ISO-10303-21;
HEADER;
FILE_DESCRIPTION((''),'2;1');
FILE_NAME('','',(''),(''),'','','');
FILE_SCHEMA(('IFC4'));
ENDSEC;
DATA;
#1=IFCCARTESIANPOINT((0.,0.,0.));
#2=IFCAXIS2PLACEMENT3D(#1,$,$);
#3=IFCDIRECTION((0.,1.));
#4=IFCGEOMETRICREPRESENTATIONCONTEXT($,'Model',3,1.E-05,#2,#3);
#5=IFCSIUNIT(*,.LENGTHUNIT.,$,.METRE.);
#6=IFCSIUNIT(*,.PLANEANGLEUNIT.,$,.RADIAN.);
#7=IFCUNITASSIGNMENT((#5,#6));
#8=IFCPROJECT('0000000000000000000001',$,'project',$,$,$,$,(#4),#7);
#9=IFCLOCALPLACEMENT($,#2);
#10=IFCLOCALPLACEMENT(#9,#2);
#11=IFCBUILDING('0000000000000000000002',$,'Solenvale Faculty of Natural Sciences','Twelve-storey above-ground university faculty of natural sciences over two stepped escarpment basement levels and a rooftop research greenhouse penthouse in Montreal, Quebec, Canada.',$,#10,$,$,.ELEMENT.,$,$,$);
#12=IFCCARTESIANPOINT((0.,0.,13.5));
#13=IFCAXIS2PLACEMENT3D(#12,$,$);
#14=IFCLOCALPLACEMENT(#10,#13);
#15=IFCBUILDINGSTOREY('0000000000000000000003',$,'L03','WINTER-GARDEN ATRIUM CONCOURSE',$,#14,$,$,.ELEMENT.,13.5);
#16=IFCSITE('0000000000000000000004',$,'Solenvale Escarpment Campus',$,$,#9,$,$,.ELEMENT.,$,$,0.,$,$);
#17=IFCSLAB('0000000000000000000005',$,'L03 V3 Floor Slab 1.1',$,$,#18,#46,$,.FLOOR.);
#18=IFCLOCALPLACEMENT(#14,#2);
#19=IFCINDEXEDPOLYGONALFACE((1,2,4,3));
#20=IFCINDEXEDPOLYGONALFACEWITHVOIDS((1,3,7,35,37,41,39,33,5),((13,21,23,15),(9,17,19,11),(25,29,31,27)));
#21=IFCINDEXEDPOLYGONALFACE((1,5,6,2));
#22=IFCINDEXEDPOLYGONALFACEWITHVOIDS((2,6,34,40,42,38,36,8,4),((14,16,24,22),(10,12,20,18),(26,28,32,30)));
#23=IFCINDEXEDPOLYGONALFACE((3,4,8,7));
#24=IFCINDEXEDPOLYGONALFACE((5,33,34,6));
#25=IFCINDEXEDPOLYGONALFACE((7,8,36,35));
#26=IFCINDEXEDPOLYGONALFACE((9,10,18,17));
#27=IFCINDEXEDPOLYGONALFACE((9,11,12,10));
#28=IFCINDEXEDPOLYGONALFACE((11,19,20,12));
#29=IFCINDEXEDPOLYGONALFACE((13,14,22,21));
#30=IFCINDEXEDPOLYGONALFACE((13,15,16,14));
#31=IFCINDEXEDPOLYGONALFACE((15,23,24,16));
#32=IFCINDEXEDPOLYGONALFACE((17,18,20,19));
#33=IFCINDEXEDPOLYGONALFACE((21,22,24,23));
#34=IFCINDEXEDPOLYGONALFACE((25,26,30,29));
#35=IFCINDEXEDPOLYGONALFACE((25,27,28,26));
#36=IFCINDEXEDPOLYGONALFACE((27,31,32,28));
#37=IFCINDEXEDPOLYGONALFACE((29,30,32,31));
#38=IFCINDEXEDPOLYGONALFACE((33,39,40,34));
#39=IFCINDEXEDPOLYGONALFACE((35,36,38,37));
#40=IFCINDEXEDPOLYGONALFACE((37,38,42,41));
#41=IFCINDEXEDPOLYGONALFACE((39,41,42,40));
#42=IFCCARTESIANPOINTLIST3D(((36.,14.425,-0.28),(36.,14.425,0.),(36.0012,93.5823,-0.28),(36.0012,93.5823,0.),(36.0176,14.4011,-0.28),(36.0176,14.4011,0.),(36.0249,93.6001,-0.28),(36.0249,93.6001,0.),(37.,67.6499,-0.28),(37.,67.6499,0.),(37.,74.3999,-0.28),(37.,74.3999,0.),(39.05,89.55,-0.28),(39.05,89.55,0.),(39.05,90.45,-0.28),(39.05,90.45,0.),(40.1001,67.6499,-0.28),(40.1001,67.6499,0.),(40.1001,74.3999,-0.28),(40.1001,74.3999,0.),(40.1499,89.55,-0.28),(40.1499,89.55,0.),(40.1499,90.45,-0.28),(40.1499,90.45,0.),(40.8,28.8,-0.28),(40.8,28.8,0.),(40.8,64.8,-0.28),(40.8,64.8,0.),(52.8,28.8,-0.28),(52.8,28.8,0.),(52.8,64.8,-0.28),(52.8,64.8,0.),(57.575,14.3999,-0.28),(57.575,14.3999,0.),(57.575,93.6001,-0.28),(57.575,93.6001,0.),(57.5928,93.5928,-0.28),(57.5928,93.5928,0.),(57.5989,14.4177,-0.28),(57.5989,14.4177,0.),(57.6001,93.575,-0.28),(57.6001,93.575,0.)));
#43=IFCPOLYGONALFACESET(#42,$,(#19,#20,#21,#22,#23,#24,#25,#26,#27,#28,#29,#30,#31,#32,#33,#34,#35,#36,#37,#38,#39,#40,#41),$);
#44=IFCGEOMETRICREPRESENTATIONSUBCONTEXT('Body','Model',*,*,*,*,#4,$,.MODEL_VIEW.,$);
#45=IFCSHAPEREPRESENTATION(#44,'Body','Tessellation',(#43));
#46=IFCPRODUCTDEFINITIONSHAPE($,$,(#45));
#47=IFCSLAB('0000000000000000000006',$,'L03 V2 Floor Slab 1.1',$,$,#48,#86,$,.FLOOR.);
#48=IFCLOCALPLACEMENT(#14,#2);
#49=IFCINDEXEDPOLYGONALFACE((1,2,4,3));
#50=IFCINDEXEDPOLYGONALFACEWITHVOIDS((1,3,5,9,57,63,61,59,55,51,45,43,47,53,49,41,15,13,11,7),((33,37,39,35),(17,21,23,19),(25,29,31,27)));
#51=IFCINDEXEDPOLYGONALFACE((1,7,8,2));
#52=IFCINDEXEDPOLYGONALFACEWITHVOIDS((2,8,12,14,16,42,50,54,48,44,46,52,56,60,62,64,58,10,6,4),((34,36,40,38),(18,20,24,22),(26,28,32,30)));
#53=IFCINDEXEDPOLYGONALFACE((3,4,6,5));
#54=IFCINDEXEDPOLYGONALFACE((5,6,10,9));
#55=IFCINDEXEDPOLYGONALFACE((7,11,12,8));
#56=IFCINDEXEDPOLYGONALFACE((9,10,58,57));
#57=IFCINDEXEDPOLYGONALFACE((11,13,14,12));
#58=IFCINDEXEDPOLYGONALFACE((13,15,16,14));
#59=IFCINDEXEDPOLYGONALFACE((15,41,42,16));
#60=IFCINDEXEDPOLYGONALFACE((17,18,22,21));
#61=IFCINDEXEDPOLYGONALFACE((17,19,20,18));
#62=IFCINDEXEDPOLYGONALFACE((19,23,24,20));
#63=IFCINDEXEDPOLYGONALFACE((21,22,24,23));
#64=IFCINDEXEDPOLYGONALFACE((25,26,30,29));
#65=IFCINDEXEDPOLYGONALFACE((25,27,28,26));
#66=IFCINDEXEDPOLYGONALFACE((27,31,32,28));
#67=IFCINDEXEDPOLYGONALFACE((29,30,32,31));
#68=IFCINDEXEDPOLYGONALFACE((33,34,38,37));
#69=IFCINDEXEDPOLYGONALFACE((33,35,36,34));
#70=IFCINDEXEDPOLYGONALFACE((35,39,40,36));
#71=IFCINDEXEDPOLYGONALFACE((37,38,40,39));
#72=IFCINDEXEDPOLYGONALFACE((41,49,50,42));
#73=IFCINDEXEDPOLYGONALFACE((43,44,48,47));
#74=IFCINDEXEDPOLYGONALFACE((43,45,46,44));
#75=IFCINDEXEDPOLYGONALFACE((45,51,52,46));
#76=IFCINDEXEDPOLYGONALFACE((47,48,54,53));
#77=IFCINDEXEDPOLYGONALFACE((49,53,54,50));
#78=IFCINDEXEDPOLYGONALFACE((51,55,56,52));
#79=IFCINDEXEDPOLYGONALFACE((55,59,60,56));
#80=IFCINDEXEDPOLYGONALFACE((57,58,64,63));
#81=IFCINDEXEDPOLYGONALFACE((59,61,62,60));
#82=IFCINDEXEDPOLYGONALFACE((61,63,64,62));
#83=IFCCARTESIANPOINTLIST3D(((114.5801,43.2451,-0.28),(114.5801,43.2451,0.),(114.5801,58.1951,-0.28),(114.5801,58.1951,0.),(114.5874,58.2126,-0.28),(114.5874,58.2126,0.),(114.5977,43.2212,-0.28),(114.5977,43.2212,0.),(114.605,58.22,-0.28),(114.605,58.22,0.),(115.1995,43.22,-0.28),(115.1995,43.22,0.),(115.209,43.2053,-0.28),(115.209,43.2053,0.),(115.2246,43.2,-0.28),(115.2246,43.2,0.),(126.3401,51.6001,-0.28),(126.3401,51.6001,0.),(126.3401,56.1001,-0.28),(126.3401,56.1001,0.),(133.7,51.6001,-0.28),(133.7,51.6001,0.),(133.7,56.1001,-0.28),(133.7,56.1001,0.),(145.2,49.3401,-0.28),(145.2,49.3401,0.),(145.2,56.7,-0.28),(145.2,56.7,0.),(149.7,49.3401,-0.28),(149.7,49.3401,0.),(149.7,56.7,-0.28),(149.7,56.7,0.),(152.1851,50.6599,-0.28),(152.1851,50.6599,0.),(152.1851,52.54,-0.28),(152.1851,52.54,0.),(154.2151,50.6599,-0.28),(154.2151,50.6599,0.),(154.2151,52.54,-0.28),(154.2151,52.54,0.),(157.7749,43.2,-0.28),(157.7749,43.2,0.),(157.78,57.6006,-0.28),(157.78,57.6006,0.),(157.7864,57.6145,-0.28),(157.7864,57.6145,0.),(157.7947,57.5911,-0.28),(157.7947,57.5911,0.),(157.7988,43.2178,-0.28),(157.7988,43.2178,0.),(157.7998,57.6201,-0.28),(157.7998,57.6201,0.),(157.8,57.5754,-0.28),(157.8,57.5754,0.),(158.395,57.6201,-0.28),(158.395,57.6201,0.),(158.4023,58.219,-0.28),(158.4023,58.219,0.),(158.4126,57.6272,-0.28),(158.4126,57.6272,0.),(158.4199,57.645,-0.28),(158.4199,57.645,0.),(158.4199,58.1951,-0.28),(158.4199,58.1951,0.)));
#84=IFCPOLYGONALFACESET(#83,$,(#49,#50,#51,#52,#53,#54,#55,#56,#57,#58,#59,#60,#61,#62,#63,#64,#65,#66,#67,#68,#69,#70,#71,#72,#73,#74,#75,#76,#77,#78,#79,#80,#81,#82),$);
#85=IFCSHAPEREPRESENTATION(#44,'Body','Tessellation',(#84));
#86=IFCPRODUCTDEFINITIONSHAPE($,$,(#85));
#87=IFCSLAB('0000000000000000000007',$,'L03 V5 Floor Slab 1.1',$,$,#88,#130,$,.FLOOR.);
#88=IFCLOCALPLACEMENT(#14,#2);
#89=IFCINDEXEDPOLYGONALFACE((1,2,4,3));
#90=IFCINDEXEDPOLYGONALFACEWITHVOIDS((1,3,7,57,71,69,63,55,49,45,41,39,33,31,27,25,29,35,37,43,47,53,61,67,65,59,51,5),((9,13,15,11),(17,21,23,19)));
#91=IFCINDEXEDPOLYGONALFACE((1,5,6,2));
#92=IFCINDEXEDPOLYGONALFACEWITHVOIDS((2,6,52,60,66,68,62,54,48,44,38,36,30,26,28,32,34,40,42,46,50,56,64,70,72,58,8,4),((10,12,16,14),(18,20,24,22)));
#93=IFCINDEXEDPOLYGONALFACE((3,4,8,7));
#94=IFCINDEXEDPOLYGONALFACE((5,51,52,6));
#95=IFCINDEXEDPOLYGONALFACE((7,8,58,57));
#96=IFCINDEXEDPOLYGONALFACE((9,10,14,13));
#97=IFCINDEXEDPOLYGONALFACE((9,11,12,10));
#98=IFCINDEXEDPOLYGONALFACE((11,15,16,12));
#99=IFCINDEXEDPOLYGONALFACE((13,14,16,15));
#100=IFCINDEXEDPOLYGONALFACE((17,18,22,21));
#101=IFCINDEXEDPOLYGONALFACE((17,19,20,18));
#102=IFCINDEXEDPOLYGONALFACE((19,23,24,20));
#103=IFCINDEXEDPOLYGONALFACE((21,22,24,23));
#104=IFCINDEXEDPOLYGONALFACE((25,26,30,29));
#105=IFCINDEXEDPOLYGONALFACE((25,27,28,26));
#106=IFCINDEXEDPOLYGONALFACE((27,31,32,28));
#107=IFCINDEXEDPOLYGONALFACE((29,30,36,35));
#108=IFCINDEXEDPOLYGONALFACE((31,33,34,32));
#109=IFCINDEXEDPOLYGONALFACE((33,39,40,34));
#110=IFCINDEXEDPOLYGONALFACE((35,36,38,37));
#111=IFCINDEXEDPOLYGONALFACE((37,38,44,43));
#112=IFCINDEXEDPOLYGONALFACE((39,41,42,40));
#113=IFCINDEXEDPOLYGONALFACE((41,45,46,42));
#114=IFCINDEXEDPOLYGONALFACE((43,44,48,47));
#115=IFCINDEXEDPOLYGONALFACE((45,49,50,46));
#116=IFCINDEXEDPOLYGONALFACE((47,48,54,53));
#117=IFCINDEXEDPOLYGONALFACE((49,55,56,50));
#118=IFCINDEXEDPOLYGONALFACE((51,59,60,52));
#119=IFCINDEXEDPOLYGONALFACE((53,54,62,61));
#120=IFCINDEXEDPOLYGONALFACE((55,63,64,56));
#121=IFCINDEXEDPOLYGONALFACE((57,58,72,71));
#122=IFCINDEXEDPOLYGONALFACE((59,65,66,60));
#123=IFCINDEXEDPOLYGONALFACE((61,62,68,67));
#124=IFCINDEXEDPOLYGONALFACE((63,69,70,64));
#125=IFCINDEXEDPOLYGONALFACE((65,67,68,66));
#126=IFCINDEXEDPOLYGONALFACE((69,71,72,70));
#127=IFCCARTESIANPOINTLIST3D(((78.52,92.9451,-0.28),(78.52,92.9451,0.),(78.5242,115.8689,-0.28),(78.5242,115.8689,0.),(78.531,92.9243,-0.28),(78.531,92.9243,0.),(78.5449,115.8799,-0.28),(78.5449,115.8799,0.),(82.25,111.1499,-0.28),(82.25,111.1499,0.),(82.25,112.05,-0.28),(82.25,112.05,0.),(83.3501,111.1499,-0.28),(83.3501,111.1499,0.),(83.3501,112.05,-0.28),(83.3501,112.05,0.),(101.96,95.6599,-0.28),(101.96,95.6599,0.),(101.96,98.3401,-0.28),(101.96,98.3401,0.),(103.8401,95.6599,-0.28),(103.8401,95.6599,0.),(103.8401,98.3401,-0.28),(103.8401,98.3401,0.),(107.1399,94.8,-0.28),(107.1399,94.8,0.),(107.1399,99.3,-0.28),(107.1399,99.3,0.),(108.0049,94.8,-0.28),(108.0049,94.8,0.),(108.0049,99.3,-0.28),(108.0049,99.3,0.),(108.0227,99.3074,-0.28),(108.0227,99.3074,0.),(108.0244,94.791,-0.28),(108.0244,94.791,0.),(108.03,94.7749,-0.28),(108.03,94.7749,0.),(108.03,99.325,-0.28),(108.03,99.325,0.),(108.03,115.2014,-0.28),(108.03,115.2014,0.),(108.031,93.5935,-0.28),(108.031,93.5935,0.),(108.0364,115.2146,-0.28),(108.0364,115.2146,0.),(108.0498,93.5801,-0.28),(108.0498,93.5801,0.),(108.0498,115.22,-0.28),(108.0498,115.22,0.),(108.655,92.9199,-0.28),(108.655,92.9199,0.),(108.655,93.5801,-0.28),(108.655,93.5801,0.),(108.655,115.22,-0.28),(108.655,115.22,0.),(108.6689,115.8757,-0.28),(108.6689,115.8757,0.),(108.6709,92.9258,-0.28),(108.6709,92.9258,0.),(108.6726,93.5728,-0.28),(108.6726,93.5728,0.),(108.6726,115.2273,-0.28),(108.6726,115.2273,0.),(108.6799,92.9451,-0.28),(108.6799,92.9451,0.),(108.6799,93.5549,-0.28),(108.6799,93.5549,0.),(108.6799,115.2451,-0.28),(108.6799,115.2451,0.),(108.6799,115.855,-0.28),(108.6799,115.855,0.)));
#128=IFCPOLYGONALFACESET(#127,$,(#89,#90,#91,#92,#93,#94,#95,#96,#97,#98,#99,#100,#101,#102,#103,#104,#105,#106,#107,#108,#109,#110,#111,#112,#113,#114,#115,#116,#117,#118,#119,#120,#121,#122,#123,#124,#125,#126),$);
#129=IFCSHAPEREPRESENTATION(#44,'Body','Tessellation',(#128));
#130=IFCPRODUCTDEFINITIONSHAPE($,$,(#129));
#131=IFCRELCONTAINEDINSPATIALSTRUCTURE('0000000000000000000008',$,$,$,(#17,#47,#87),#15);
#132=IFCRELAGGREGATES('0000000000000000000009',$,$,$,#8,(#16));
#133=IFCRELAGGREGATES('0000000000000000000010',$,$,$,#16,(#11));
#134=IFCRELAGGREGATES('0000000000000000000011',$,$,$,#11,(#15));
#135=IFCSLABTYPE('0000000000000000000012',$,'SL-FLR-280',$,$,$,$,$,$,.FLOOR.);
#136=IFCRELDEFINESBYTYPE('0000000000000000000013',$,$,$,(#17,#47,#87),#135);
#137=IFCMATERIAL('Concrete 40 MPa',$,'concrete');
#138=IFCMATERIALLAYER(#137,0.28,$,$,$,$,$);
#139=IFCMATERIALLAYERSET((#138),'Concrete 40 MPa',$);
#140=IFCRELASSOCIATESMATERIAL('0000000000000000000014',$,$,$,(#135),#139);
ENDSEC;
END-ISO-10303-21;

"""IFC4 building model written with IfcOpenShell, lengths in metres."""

from ifc_helpers import new_model, si_unit, direction, frame, origin, place, context, subcontext, project, spatial, polyline, outline, extrude, material, layer, layer_set, type_object, element, save


model = new_model("IFC4")

# Units and contexts
model_context = context("Model", 3, precision=1e-05, world=origin(), true_north=direction((0.0, 1.0)))
body_context = subcontext(model_context, "Body", "Model", "MODEL_VIEW")
ifc_project = project(units=[si_unit("LENGTHUNIT", "METRE"), si_unit("PLANEANGLEUNIT", "RADIAN")], contexts=[model_context])

# Site, building, storey
site_placement = place(None, origin())
site = spatial("IfcSite", under=ifc_project, at=site_placement, Name="Solenvale Escarpment Campus", CompositionType="ELEMENT", RefElevation=0.0)
building_placement = place(site_placement, origin())
building = spatial("IfcBuilding", under=site, at=building_placement, Name="Solenvale Faculty of Natural Sciences", Description="Twelve-storey above-ground university faculty of natural sciences over two stepped escarpment basement levels and a rooftop research greenhouse penthouse in Montreal, Quebec, Canada.", CompositionType="ELEMENT")
storey_placement = place(building_placement, frame((0.0, 0.0, 13.5)))
storey = spatial("IfcBuildingStorey", under=building, at=storey_placement, Name="L03", Description="WINTER-GARDEN ATRIUM CONCOURSE", CompositionType="ELEMENT", Elevation=13.5)

# Slabs
ifc_material_1 = material(Name="Concrete 40 MPa", Category="concrete")
ifc_layer_1 = layer(ifc_material_1, 0.28)
ifc_layer_set_1 = layer_set([ifc_layer_1], Name="Concrete 40 MPa")
slab_type_1 = type_object("IfcSlabType", Name="SL-FLR-280", PredefinedType="FLOOR", material=ifc_layer_set_1)
slab_1_placement = place(storey_placement, frame((0.0, 0.0, -0.28)))
element("IfcSlab", 1, at=slab_1_placement, inside=storey, type_object=slab_type_1, Name="L03 V3 Floor Slab 1.1", PredefinedType="FLOOR", context=body_context, shape_type="SweptSolid", body=[
    extrude(outline(polyline([(57.575, 93.6001), (57.5928, 93.5928), (57.6001, 93.575), (57.5989, 14.4177), (57.575, 14.3999), (36.0176, 14.4011), (36.0, 14.425), (36.0012, 93.5823), (36.0249, 93.6001), (57.575, 93.6001)]), holes=[polyline([(40.8, 28.8), (52.8, 28.8), (52.8, 64.8), (40.8, 64.8), (40.8, 28.8)]), polyline([(39.05, 89.55), (40.1499, 89.55), (40.1499, 90.45), (39.05, 90.45), (39.05, 89.55)]), polyline([(37.0, 67.6499), (40.1001, 67.6499), (40.1001, 74.3999), (37.0, 74.3999), (37.0, 67.6499)])]), origin(), (0.0, 0.0, 1.0), 0.28),
])
slab_2_placement = place(storey_placement, frame((0.0, 0.0, -0.28)))
element("IfcSlab", 2, at=slab_2_placement, inside=storey, type_object=slab_type_1, Name="L03 V2 Floor Slab 1.1", PredefinedType="FLOOR", context=body_context, shape_type="SweptSolid", body=[
    extrude(outline(polyline([(114.5801, 58.1951), (114.5874, 58.2126), (114.605, 58.22), (158.4023, 58.219), (158.4199, 58.1951), (158.4199, 57.645), (158.4126, 57.6272), (158.395, 57.6201), (157.7998, 57.6201), (157.7864, 57.6145), (157.78, 57.6006), (157.7947, 57.5911), (157.8, 57.5754), (157.7988, 43.2178), (157.7749, 43.2), (115.2246, 43.2), (115.209, 43.2053), (115.1995, 43.22), (114.5977, 43.2212), (114.5801, 43.2451), (114.5801, 58.1951)]), holes=[polyline([(152.1851, 50.6599), (154.2151, 50.6599), (154.2151, 52.54), (152.1851, 52.54), (152.1851, 50.6599)]), polyline([(145.2, 49.3401), (149.7, 49.3401), (149.7, 56.7), (145.2, 56.7), (145.2, 49.3401)]), polyline([(126.3401, 51.6001), (133.7, 51.6001), (133.7, 56.1001), (126.3401, 56.1001), (126.3401, 51.6001)])]), origin(), (0.0, 0.0, 1.0), 0.28),
])
slab_3_placement = place(storey_placement, frame((0.0, 0.0, -0.28)))
element("IfcSlab", 3, at=slab_3_placement, inside=storey, type_object=slab_type_1, Name="L03 V5 Floor Slab 1.1", PredefinedType="FLOOR", context=body_context, shape_type="SweptSolid", body=[
    extrude(outline(polyline([(107.1399, 94.8), (108.0049, 94.8), (108.0244, 94.791), (108.03, 94.7749), (108.031, 93.5935), (108.0498, 93.5801), (108.655, 93.5801), (108.6726, 93.5728), (108.6799, 93.5549), (108.6799, 92.9451), (108.6709, 92.9258), (108.655, 92.9199), (78.531, 92.9243), (78.52, 92.9451), (78.5242, 115.8689), (78.5449, 115.8799), (108.6689, 115.8757), (108.6799, 115.855), (108.6799, 115.2451), (108.6726, 115.2273), (108.655, 115.22), (108.0498, 115.22), (108.0364, 115.2146), (108.03, 115.2014), (108.03, 99.325), (108.0227, 99.3074), (108.0049, 99.3), (107.1399, 99.3), (107.1399, 94.8)]), holes=[polyline([(101.96, 95.6599), (103.8401, 95.6599), (103.8401, 98.3401), (101.96, 98.3401), (101.96, 95.6599)]), polyline([(82.25, 111.1499), (83.3501, 111.1499), (83.3501, 112.05), (82.25, 112.05), (82.25, 111.1499)])]), origin(), (0.0, 0.0, 1.0), 0.28),
])

save(model, "model.ifc")
